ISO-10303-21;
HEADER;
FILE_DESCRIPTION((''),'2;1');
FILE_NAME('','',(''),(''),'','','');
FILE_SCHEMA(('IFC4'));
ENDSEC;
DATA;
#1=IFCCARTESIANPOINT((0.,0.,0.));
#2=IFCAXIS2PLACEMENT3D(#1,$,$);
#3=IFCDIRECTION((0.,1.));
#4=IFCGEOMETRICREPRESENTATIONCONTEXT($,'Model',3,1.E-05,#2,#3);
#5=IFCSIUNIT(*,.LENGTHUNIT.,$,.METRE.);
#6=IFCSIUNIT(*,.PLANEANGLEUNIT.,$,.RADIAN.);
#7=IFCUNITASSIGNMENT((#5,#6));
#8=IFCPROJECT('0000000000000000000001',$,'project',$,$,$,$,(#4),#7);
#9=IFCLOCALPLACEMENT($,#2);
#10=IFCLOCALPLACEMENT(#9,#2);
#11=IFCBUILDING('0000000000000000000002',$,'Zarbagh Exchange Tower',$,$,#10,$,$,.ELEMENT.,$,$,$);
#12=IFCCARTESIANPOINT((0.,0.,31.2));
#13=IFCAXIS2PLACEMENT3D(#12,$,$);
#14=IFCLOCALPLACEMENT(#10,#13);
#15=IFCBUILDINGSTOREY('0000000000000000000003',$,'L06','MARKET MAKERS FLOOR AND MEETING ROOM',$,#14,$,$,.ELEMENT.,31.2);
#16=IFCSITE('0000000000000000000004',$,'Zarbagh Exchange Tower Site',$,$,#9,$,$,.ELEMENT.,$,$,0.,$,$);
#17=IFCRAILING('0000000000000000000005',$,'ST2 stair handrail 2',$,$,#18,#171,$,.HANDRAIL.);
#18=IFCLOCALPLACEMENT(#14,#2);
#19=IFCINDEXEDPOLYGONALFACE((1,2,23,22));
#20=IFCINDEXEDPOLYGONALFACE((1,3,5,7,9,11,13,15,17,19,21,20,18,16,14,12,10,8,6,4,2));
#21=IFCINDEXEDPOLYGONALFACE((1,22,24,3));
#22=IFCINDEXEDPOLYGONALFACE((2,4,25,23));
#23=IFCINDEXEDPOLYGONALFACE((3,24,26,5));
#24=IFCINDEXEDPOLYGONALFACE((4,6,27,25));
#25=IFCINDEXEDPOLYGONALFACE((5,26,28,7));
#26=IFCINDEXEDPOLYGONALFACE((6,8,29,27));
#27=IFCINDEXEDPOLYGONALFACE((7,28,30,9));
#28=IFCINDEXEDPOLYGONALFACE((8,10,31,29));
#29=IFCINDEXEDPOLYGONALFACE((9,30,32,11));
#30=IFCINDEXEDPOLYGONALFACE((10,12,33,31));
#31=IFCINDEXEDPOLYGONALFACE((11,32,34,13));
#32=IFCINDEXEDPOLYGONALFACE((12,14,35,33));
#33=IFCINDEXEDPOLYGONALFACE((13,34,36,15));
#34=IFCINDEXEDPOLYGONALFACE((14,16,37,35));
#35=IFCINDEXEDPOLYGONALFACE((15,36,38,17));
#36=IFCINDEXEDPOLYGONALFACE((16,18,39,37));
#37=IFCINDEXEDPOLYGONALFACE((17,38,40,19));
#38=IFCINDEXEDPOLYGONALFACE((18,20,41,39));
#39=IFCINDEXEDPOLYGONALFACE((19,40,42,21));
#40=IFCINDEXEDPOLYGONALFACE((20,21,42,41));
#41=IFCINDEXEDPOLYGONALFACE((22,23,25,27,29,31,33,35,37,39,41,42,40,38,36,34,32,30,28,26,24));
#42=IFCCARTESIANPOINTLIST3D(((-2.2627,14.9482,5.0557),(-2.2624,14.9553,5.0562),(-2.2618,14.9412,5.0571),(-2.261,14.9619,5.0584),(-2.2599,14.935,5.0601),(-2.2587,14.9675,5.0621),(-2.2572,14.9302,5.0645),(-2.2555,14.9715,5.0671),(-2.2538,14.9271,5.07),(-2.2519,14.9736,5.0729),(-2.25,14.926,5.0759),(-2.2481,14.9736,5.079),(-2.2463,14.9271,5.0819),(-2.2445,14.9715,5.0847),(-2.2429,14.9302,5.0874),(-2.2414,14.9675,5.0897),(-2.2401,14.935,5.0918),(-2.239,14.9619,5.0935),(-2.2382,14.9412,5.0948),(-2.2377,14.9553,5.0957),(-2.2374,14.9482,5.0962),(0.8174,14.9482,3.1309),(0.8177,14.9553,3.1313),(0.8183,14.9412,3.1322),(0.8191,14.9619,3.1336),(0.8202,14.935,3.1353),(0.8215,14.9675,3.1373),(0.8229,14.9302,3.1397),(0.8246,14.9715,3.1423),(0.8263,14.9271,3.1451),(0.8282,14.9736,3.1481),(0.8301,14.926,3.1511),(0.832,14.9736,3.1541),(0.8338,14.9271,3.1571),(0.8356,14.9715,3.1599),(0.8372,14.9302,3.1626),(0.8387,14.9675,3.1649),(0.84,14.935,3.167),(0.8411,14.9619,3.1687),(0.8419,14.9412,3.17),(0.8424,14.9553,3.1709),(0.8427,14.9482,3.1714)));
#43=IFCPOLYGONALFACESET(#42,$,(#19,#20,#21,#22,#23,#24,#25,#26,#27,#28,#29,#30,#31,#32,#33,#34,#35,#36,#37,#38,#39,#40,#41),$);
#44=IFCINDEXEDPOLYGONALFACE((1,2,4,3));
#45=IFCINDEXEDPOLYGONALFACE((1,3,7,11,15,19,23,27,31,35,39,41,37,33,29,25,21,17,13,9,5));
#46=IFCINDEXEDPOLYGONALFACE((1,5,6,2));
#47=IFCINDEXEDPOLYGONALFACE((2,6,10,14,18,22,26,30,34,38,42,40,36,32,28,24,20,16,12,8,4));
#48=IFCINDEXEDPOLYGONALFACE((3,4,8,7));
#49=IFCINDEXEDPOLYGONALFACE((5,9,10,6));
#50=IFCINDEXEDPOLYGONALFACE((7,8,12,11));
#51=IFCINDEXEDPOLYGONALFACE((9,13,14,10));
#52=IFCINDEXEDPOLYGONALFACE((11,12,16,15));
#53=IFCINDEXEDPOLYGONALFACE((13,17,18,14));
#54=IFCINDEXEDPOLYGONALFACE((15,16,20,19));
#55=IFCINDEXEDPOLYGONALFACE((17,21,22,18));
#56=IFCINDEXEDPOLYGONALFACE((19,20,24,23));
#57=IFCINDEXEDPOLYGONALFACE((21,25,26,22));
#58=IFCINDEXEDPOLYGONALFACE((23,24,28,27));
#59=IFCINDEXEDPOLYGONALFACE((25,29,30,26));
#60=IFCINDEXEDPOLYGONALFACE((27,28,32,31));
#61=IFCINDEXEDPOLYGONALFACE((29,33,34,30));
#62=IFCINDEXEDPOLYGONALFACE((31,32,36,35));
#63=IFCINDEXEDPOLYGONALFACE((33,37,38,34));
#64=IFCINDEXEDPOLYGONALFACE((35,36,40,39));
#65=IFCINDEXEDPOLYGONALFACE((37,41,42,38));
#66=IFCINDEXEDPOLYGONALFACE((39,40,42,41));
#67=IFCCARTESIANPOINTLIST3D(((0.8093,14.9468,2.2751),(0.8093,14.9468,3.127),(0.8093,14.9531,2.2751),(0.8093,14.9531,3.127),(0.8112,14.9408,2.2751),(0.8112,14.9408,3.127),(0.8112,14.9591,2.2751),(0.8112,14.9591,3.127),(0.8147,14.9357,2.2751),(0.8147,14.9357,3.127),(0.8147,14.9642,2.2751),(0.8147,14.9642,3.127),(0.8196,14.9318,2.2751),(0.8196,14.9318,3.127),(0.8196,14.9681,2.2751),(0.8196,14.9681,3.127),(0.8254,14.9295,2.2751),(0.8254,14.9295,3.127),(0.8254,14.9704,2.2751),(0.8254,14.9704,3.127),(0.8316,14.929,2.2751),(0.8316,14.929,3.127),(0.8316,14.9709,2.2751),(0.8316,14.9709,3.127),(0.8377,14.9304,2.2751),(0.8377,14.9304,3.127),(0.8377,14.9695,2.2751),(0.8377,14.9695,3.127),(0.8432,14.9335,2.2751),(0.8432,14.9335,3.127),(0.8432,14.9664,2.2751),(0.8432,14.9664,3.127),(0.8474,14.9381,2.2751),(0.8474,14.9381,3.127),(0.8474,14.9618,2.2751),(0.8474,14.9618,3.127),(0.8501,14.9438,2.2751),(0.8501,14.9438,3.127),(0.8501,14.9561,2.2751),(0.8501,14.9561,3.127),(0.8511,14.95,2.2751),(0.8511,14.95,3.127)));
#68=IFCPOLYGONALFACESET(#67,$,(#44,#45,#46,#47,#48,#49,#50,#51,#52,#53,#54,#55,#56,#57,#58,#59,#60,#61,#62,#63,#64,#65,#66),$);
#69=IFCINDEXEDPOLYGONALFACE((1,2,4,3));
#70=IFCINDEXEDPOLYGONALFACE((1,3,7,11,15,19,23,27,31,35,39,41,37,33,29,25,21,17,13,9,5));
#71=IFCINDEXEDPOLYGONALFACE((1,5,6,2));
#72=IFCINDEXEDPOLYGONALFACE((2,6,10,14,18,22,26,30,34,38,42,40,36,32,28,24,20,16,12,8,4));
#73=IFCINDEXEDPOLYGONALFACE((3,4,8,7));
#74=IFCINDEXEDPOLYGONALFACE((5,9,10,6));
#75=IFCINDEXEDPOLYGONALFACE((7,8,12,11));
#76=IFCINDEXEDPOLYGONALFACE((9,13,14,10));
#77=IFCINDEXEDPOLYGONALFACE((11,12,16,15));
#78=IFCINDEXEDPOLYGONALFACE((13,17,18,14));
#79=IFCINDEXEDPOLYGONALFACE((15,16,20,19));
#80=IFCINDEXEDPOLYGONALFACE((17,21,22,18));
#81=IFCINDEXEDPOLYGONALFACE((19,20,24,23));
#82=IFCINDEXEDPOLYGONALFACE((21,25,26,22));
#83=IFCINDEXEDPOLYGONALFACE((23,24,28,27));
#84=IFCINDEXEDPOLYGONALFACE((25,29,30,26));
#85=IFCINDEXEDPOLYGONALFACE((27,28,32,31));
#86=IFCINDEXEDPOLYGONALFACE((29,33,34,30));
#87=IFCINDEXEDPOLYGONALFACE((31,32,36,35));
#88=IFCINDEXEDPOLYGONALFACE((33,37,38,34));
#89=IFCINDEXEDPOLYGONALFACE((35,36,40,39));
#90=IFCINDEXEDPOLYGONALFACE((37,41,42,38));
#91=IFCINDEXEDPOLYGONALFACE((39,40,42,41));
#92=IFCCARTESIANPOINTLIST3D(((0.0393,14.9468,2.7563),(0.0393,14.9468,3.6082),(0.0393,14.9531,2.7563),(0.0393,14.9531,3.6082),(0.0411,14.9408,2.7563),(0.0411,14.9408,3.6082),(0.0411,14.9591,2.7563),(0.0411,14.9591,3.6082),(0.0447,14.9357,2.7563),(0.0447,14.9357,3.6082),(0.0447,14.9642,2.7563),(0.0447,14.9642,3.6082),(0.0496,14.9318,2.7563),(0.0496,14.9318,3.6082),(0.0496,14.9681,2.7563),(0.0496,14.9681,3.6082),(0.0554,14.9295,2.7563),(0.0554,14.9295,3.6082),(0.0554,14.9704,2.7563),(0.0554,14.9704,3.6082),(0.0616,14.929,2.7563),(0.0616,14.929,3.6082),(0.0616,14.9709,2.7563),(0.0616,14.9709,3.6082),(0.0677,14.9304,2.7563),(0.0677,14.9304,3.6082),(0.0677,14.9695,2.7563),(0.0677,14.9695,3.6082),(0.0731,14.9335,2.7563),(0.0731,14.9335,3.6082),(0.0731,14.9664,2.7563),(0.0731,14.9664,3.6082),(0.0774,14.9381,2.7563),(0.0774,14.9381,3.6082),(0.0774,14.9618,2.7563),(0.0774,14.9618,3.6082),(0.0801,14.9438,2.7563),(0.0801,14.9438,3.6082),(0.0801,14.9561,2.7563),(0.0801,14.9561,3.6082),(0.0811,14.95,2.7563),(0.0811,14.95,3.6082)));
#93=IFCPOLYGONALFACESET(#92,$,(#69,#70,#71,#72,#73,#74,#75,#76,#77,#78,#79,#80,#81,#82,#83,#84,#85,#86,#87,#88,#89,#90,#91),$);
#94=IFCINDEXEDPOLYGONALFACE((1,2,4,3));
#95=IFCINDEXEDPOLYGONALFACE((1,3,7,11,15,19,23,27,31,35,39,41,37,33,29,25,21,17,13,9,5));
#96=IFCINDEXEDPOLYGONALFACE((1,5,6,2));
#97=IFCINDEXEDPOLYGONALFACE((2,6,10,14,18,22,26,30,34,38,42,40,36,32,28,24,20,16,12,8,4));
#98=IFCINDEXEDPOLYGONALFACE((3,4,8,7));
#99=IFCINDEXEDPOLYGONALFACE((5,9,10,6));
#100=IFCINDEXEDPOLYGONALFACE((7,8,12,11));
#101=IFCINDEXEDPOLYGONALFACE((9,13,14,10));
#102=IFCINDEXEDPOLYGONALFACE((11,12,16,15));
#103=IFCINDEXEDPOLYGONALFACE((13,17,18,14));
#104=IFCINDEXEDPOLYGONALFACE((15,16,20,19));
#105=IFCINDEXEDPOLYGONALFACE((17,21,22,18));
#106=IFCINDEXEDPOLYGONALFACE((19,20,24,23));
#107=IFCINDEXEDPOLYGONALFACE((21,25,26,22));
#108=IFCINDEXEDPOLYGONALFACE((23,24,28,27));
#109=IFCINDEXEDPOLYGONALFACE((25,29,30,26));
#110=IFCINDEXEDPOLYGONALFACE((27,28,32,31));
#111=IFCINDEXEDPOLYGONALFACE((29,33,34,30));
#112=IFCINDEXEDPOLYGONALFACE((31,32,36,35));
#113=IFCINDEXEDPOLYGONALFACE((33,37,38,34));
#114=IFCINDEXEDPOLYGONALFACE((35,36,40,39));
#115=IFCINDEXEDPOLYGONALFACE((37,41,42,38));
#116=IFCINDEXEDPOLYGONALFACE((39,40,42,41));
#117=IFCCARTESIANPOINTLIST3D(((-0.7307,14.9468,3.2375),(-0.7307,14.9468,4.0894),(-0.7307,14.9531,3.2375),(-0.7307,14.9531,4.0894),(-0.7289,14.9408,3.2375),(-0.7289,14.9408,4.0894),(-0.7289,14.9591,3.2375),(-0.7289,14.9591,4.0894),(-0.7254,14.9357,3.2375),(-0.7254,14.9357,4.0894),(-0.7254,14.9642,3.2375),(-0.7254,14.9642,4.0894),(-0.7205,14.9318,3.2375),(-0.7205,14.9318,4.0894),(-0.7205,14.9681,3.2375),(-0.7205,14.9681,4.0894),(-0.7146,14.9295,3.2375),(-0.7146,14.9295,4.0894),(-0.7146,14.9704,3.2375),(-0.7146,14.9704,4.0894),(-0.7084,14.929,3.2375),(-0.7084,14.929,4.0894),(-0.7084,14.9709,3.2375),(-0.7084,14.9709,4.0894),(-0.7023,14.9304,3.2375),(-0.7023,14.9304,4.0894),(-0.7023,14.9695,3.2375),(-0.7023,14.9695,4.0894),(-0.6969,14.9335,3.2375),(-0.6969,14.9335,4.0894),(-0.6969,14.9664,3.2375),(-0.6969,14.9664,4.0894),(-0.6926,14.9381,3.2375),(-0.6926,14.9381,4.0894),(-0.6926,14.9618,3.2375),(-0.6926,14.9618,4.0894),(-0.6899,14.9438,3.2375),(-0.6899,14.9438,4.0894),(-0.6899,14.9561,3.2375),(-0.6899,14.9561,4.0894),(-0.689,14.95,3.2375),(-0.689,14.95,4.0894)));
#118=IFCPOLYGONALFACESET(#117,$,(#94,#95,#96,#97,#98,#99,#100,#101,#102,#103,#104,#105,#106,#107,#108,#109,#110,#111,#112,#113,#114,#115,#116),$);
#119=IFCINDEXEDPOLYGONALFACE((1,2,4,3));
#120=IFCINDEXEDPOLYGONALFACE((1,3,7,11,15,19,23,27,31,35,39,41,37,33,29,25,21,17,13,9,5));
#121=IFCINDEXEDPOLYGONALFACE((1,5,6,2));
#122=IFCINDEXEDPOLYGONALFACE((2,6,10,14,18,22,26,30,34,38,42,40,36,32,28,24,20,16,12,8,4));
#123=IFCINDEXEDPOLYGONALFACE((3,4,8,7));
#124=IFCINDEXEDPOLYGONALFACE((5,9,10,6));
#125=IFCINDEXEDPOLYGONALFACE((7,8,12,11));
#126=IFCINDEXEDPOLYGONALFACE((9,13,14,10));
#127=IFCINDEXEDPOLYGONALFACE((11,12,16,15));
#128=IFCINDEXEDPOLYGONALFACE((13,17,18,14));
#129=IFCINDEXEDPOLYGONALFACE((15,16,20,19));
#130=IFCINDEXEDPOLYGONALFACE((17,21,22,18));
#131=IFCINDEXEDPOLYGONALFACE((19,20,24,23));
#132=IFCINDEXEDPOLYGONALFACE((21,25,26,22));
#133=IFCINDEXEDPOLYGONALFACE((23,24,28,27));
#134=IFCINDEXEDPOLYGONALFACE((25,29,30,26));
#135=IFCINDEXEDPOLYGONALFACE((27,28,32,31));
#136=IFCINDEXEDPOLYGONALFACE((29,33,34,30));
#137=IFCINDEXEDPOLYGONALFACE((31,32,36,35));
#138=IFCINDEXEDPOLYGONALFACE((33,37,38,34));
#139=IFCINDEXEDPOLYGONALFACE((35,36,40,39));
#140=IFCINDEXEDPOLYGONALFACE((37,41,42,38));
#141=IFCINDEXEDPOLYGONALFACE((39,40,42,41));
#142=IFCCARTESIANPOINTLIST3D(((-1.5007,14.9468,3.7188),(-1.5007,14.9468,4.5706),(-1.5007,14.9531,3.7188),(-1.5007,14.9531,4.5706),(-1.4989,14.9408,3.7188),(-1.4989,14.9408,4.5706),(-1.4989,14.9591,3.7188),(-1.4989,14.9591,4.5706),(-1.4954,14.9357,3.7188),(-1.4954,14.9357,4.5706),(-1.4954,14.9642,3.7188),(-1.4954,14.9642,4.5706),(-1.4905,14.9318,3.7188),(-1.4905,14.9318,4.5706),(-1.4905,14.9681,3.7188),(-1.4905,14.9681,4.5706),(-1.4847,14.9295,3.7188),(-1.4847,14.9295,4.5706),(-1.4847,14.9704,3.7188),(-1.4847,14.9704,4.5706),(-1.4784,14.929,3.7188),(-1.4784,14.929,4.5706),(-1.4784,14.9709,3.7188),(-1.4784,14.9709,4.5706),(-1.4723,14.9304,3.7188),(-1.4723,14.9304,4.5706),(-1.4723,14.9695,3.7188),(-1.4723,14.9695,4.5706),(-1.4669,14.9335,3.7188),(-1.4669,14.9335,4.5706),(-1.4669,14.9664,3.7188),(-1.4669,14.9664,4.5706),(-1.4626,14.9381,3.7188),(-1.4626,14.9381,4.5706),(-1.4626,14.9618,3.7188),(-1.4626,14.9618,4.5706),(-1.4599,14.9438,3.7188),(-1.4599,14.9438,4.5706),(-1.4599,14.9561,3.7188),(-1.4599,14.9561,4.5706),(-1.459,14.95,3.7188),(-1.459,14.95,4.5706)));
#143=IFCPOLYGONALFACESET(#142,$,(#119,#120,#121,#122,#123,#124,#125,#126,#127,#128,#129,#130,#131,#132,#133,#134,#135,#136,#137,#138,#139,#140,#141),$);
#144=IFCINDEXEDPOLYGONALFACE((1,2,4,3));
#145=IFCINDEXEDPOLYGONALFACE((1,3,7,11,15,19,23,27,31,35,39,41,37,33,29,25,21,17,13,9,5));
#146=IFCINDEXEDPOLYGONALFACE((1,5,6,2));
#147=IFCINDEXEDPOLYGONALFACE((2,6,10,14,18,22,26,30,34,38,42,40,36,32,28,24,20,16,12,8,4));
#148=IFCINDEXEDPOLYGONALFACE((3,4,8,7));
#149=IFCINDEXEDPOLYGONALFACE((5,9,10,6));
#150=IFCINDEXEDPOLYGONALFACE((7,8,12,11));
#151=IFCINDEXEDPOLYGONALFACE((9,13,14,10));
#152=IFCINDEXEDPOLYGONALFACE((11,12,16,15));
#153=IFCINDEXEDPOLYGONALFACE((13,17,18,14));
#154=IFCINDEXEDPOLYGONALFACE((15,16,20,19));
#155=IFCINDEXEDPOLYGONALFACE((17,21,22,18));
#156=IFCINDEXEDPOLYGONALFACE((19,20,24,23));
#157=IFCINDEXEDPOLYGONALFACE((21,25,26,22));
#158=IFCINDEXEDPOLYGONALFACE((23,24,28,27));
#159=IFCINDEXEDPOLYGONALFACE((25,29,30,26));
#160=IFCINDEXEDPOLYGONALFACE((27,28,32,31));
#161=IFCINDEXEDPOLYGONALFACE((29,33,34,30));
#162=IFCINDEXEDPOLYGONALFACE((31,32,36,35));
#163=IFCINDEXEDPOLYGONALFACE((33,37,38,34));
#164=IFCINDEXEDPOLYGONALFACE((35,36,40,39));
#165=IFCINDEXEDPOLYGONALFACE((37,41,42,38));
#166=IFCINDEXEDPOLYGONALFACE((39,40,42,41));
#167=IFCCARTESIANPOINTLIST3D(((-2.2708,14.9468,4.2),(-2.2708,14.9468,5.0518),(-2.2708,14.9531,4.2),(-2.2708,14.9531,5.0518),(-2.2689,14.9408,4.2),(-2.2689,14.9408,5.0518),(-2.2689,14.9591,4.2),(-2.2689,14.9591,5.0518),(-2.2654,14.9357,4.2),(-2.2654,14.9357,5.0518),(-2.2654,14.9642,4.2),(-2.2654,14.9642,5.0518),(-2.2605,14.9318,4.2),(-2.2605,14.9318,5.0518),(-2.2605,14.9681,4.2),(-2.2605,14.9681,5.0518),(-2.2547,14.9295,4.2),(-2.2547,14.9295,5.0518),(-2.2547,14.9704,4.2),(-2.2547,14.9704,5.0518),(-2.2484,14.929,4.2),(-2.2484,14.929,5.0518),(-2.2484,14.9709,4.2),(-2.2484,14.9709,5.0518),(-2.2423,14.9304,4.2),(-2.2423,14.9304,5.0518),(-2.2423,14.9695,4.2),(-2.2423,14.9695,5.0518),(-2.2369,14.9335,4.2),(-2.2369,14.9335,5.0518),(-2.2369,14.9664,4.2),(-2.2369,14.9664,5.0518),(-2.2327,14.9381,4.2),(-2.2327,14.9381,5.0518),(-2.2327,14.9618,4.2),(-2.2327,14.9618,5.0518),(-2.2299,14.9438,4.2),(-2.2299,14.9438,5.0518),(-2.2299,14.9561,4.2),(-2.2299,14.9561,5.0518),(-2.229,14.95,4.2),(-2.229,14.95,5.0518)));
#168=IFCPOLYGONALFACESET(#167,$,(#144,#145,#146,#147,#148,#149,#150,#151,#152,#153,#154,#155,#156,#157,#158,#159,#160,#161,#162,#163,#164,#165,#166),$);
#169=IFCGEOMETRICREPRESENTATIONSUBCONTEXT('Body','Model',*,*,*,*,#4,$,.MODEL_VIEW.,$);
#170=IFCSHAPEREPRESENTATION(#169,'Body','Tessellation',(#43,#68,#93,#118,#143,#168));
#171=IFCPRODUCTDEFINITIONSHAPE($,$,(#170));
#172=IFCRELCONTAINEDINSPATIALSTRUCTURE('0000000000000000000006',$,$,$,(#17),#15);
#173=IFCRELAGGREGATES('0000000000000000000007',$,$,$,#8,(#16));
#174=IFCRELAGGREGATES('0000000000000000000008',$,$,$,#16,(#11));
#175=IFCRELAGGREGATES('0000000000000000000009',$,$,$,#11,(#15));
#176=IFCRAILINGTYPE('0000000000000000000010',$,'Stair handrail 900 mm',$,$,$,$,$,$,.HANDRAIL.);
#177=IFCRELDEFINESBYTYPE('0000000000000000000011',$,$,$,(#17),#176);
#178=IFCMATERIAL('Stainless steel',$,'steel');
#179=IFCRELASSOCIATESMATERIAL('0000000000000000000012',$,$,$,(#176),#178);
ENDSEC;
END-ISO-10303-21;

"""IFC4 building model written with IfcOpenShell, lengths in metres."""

from ifc_helpers import new_model, si_unit, direction, frame, origin, origin_2d, place, context, subcontext, project, spatial, circle, extrude, material, type_object, element, save


model = new_model("IFC4")

# Units and contexts
model_context = context("Model", 3, precision=1e-05, world=origin(), true_north=direction((0.0, 1.0)))
body_context = subcontext(model_context, "Body", "Model", "MODEL_VIEW")
ifc_project = project(units=[si_unit("LENGTHUNIT", "METRE"), si_unit("PLANEANGLEUNIT", "RADIAN")], contexts=[model_context])

# Site, building, storey
site_placement = place(None, origin())
site = spatial("IfcSite", under=ifc_project, at=site_placement, Name="Zarbagh Exchange Tower Site", CompositionType="ELEMENT", RefElevation=0.0)
building_placement = place(site_placement, origin())
building = spatial("IfcBuilding", under=site, at=building_placement, Name="Zarbagh Exchange Tower", CompositionType="ELEMENT")
storey_placement = place(building_placement, frame((0.0, 0.0, 31.2)))
storey = spatial("IfcBuildingStorey", under=building, at=storey_placement, Name="L06", Description="MARKET MAKERS FLOOR AND MEETING ROOM", CompositionType="ELEMENT", Elevation=31.2)

# Shared definitions
ifc_material_1 = material(Name="Stainless steel", Category="steel")

# Railing
railing_type_1 = type_object("IfcRailingType", Name="Stair handrail 900 mm", PredefinedType="HANDRAIL", material=ifc_material_1)
railing_1_placement = place(storey_placement, frame((0.8301, 14.95, 2.2751)))
element("IfcRailing", 1, at=railing_1_placement, inside=storey, type_object=railing_type_1, Name="ST2 stair handrail 2", PredefinedType="HANDRAIL", context=body_context, shape_type="SweptSolid", body=[
    extrude(circle(Radius=0.0239, at=origin_2d()), frame((0.0, 0.0, 0.876), z_axis=(-0.848029, 0.0, 0.529951), x_axis=(0.0, -1.0, 0.0)), (0.0, 0.0, 1.0), 3.6321),
    extrude(circle(Radius=0.021, at=origin_2d()), origin(), (0.0, 0.0, 1.0), 0.8518),
    extrude(circle(Radius=0.021, at=origin_2d()), frame((-0.77, 0.0, 0.4812)), (0.0, 0.0, 1.0), 0.8518),
    extrude(circle(Radius=0.021, at=origin_2d()), frame((-1.54, 0.0, 0.9624)), (0.0, 0.0, 1.0), 0.8518),
    extrude(circle(Radius=0.021, at=origin_2d()), frame((-2.3101, 0.0, 1.4436)), (0.0, 0.0, 1.0), 0.8518),
    extrude(circle(Radius=0.021, at=origin_2d()), frame((-3.0801, 0.0, 1.9248)), (0.0, 0.0, 1.0), 0.8518),
])

save(model, "model.ifc")
